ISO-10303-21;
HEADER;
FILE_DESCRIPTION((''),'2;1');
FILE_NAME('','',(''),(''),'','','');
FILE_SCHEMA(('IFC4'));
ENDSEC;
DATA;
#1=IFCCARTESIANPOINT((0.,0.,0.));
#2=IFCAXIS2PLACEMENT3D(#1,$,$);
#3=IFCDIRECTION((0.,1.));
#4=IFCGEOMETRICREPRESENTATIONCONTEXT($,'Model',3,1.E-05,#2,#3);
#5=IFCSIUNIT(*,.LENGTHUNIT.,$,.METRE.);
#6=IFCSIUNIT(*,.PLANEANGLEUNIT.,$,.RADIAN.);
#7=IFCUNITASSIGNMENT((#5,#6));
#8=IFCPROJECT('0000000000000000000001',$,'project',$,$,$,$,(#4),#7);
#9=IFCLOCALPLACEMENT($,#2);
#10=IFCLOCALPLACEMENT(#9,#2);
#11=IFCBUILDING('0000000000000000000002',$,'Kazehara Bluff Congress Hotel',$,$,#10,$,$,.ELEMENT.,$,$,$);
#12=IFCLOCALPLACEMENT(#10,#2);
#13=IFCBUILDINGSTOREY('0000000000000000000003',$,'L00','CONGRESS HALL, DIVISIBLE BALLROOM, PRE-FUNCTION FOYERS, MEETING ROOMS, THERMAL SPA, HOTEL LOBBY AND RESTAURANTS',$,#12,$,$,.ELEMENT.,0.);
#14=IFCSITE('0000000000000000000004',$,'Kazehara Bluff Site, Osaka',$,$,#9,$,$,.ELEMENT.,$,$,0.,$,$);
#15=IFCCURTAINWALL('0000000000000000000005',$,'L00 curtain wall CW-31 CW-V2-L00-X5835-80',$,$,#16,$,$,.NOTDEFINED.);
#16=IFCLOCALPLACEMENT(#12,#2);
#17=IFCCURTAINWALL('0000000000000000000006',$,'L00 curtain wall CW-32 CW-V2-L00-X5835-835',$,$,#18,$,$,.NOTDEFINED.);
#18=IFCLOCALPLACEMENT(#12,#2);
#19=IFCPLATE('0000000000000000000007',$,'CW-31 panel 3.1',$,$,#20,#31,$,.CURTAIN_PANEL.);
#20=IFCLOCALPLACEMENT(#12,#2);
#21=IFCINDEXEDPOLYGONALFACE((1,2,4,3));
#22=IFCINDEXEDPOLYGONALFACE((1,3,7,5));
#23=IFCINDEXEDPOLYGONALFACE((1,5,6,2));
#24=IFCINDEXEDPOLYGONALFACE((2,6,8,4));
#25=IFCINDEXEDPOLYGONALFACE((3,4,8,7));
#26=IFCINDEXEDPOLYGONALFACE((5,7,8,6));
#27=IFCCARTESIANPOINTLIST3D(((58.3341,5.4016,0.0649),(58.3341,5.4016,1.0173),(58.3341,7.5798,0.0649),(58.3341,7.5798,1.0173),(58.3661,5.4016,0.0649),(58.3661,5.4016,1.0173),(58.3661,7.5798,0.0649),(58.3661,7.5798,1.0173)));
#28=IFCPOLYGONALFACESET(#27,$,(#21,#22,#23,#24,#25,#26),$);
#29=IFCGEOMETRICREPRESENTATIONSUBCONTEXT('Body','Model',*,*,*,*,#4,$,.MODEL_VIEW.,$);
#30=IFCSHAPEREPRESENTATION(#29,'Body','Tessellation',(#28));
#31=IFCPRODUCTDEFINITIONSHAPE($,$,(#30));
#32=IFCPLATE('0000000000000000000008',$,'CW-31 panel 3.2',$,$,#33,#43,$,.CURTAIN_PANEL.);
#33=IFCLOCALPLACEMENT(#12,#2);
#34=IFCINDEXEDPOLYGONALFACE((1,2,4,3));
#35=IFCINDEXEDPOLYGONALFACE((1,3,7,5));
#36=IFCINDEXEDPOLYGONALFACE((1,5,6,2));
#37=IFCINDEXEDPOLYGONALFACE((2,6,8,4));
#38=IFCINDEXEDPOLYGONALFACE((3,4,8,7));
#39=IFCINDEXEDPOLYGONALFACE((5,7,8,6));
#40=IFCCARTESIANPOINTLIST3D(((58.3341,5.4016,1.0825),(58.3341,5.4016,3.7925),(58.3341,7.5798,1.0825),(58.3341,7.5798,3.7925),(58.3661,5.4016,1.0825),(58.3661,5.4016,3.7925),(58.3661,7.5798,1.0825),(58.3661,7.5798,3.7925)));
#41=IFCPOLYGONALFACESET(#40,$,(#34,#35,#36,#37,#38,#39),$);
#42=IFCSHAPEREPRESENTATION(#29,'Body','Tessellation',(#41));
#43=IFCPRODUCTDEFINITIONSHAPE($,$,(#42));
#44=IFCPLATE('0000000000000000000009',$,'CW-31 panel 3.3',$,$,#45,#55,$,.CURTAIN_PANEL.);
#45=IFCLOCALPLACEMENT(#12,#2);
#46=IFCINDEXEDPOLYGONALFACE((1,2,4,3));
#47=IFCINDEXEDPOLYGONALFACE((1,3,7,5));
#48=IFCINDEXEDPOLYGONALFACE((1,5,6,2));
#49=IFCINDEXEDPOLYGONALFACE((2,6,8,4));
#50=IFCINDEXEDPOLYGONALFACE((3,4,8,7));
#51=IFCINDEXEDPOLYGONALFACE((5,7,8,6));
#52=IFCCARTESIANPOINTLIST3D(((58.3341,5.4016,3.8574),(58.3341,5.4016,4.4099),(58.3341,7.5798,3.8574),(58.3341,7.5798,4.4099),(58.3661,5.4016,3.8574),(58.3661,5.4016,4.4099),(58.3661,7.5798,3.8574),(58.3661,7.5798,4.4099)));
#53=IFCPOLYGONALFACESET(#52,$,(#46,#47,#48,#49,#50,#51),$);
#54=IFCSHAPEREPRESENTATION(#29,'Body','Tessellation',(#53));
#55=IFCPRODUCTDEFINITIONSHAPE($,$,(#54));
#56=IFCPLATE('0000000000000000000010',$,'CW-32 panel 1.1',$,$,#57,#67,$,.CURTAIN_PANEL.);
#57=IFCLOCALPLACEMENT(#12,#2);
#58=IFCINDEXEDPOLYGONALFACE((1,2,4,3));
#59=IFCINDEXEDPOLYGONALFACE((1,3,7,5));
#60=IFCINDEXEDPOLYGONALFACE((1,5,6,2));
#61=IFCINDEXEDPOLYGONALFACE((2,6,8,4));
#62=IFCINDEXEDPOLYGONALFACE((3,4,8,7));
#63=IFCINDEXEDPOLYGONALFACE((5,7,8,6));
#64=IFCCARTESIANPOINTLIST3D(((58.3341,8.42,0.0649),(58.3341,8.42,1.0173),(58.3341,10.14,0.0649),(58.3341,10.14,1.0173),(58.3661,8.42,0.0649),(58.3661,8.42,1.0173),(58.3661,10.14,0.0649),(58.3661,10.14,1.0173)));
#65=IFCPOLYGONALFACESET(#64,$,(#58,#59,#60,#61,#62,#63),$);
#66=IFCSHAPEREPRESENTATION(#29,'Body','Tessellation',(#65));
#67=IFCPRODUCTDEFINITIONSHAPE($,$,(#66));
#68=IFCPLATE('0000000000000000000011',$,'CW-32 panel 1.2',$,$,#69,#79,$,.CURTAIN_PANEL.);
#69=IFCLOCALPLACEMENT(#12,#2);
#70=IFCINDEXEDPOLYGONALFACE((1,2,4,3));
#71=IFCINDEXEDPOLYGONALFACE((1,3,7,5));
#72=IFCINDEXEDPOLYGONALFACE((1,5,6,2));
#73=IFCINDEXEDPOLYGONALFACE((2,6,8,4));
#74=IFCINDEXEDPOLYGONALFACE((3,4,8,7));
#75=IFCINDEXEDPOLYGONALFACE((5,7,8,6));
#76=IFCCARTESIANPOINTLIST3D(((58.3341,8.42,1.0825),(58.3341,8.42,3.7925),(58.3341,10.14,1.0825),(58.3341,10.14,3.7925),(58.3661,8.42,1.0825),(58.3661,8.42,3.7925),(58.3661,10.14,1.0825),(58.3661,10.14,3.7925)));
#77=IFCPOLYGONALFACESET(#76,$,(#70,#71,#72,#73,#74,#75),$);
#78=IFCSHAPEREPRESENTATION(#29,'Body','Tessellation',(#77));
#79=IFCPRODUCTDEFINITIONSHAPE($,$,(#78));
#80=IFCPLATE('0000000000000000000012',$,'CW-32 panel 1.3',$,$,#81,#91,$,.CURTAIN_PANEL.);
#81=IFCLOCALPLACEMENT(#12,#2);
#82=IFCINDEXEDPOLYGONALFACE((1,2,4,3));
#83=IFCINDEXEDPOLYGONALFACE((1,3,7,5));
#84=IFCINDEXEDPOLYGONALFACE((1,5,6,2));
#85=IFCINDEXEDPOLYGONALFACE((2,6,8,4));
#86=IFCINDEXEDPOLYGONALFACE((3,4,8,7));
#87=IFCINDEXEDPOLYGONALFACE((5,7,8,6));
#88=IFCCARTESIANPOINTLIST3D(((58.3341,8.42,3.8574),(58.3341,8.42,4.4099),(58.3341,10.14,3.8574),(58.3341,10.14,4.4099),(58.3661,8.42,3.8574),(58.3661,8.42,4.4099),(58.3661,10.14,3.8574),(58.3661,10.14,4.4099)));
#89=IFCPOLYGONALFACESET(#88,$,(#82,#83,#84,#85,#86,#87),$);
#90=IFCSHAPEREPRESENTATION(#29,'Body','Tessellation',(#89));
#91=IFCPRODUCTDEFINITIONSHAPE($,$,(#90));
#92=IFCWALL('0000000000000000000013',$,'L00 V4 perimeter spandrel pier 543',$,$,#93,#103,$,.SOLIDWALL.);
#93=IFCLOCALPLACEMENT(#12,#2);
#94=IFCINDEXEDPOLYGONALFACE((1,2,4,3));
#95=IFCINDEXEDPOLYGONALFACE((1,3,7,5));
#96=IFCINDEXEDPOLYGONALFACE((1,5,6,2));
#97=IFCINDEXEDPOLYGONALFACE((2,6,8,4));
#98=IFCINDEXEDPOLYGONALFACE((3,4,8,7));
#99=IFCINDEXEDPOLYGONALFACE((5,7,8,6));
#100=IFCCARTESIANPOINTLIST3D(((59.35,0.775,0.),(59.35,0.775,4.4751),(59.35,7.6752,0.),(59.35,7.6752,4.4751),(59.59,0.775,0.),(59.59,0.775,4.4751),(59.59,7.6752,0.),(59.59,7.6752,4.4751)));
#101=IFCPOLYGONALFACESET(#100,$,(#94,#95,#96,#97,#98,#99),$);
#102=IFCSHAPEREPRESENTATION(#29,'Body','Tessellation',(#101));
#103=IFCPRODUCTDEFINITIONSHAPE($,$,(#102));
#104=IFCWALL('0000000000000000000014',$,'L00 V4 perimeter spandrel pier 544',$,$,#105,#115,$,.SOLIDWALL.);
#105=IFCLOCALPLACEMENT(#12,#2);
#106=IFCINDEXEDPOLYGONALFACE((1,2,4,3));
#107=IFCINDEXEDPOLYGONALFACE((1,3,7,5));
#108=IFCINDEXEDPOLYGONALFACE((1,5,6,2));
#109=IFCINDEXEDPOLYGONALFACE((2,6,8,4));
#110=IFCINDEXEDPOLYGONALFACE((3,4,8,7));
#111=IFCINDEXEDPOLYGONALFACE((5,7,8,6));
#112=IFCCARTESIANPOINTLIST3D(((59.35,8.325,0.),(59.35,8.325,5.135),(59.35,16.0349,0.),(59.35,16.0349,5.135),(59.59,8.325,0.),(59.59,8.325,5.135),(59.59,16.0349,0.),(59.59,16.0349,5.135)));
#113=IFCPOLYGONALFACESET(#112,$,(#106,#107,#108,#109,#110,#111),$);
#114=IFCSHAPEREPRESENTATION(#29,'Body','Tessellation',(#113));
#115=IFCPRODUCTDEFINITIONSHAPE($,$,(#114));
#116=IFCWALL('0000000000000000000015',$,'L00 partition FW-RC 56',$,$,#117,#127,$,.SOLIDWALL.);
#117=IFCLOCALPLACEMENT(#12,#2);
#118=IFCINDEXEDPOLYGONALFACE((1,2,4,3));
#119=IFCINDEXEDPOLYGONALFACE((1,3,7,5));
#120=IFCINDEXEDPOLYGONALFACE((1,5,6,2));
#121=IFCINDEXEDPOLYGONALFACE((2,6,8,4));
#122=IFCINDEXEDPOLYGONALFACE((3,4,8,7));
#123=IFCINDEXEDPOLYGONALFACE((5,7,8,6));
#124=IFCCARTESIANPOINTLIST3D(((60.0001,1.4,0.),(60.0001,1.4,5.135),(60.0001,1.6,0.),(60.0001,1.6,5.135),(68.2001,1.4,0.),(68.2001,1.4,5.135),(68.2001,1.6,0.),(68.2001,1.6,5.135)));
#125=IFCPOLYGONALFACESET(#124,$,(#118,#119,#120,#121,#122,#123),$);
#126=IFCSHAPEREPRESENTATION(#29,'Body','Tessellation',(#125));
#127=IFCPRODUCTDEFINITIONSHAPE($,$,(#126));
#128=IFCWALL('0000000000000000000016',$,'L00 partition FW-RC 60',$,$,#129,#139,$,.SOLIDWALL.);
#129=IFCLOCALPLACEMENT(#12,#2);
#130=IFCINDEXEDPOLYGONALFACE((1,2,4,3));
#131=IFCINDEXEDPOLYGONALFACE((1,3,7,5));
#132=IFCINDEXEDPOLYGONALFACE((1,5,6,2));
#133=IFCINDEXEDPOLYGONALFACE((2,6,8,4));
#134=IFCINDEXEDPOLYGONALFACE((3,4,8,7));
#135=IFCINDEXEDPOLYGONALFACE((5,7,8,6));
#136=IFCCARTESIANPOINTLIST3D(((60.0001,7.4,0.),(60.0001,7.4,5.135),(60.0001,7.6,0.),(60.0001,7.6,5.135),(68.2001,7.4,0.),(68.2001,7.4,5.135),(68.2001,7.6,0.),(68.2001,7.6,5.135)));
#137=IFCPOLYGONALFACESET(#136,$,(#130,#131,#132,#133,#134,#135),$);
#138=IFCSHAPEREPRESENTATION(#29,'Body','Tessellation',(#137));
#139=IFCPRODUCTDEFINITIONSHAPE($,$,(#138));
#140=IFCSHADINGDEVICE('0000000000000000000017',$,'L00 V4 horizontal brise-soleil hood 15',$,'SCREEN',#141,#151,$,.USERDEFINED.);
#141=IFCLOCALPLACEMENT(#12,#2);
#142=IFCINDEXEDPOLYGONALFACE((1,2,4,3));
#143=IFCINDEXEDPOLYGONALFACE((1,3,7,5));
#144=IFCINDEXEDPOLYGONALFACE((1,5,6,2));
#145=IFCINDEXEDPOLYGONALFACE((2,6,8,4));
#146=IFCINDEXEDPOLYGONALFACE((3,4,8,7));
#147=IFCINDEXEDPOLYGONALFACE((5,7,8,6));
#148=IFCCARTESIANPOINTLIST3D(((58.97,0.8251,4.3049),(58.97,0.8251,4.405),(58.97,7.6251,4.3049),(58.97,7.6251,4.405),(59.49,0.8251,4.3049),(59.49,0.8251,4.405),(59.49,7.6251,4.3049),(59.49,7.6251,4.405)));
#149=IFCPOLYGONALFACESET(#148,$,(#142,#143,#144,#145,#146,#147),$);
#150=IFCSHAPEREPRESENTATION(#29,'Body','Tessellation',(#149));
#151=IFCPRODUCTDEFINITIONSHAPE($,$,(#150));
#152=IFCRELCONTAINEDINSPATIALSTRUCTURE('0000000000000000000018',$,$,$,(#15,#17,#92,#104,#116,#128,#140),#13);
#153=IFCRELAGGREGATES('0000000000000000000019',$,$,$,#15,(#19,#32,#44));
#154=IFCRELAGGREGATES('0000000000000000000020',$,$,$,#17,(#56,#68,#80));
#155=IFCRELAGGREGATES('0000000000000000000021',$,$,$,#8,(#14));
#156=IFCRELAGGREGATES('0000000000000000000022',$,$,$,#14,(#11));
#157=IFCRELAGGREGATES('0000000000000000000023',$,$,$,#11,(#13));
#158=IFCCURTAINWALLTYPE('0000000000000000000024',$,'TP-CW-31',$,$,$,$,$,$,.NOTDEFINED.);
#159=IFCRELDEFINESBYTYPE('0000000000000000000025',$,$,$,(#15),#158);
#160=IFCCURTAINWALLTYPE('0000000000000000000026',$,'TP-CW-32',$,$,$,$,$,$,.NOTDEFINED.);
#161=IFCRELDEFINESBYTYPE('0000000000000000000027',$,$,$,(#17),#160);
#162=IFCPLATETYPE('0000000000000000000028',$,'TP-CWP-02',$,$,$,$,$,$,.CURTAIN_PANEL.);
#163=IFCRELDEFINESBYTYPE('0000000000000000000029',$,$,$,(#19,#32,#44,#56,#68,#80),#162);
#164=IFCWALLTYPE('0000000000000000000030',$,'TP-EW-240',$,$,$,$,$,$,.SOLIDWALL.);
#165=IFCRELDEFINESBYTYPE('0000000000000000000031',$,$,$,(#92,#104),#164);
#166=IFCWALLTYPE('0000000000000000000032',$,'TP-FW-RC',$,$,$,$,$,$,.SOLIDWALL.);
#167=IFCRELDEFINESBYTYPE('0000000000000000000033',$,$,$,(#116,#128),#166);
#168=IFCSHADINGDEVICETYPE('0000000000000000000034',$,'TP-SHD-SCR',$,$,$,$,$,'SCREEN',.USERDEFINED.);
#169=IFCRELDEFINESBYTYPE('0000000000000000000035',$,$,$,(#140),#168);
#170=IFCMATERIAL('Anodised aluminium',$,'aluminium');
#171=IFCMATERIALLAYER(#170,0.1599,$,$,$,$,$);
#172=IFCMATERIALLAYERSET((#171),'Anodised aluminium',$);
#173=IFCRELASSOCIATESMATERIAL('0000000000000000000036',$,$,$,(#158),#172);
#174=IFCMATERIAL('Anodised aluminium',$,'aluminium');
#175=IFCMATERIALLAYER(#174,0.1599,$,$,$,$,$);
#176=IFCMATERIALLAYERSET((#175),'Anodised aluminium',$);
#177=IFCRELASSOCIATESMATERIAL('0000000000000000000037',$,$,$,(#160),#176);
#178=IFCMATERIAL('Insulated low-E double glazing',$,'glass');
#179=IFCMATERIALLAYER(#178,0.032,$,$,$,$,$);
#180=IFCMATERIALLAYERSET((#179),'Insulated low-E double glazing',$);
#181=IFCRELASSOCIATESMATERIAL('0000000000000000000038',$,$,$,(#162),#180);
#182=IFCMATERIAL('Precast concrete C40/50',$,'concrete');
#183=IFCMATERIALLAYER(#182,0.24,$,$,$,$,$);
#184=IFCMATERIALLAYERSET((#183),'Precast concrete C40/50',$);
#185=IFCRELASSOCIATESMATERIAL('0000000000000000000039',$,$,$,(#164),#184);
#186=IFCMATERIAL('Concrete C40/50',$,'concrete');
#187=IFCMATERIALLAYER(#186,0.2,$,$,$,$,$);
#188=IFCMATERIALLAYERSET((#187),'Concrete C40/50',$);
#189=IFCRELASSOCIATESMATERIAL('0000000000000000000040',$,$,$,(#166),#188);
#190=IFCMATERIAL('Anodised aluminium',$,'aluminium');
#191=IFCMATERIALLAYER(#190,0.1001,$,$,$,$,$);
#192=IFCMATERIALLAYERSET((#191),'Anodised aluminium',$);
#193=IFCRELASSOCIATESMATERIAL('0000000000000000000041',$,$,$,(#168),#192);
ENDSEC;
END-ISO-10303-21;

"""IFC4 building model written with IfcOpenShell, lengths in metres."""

from ifc_helpers import new_model, si_unit, direction, frame, frame_2d, origin, origin_2d, place, context, subcontext, project, spatial, rectangle, extrude, material, layer, layer_set, type_object, element, aggregate, save


model = new_model("IFC4")

# Units and contexts
model_context = context("Model", 3, precision=1e-05, world=origin(), true_north=direction((0.0, 1.0)))
body_context = subcontext(model_context, "Body", "Model", "MODEL_VIEW")
ifc_project = project(units=[si_unit("LENGTHUNIT", "METRE"), si_unit("PLANEANGLEUNIT", "RADIAN")], contexts=[model_context])

# Site, building, storey
site_placement = place(None, origin())
site = spatial("IfcSite", under=ifc_project, at=site_placement, Name="Kazehara Bluff Site, Osaka", CompositionType="ELEMENT", RefElevation=0.0)
building_placement = place(site_placement, origin())
building = spatial("IfcBuilding", under=site, at=building_placement, Name="Kazehara Bluff Congress Hotel", CompositionType="ELEMENT")
storey_placement = place(building_placement, origin())
storey = spatial("IfcBuildingStorey", under=building, at=storey_placement, Name="L00", Description="CONGRESS HALL, DIVISIBLE BALLROOM, PRE-FUNCTION FOYERS, MEETING ROOMS, THERMAL SPA, HOTEL LOBBY AND RESTAURANTS", CompositionType="ELEMENT", Elevation=0.0)

# Curtain wall
ifc_material_1 = material(Name="Anodised aluminium", Category="aluminium")
ifc_layer_1 = layer(ifc_material_1, 0.1599)
ifc_layer_set_1 = layer_set([ifc_layer_1], Name="Anodised aluminium")
curtain_wall_type_1 = type_object("IfcCurtainWallType", Name="TP-CW-31", PredefinedType="NOTDEFINED", material=ifc_layer_set_1)
curtain_wall_1_placement = place(storey_placement, origin())
curtain_wall_1 = element("IfcCurtainWall", 1, at=curtain_wall_1_placement, inside=storey, type_object=curtain_wall_type_1, Name="L00 curtain wall CW-31 CW-V2-L00-X5835-80", PredefinedType="NOTDEFINED")

# Curtain wall
ifc_material_2 = material(Name="Anodised aluminium", Category="aluminium")
ifc_layer_2 = layer(ifc_material_2, 0.1599)
ifc_layer_set_2 = layer_set([ifc_layer_2], Name="Anodised aluminium")
curtain_wall_type_2 = type_object("IfcCurtainWallType", Name="TP-CW-32", PredefinedType="NOTDEFINED", material=ifc_layer_set_2)
curtain_wall_2_placement = place(storey_placement, origin())
curtain_wall_2 = element("IfcCurtainWall", 2, at=curtain_wall_2_placement, inside=storey, type_object=curtain_wall_type_2, Name="L00 curtain wall CW-32 CW-V2-L00-X5835-835", PredefinedType="NOTDEFINED")

# Plates
ifc_material_3 = material(Name="Insulated low-E double glazing", Category="glass")
ifc_layer_3 = layer(ifc_material_3, 0.032)
ifc_layer_set_3 = layer_set([ifc_layer_3], Name="Insulated low-E double glazing")
plate_type = type_object("IfcPlateType", Name="TP-CWP-02", PredefinedType="CURTAIN_PANEL", material=ifc_layer_set_3)
plate_1_placement = place(storey_placement, frame((58.3501, 6.4907, 0.0649), z_axis=(0.0, 0.0, 1.0), x_axis=(0.0, 1.0, 0.0)))
plate_1 = element("IfcPlate", 3, at=plate_1_placement, type_object=plate_type, Name="CW-31 panel 3.1", PredefinedType="CURTAIN_PANEL", context=body_context, shape_type="SweptSolid", body=[
    extrude(rectangle(XDim=2.1782, YDim=0.032, at=origin_2d()), origin(), (0.0, 0.0, 1.0), 0.9524),
])
plate_2_placement = place(storey_placement, frame((58.3501, 6.4907, 1.0825), z_axis=(0.0, 0.0, 1.0), x_axis=(0.0, 1.0, 0.0)))
plate_2 = element("IfcPlate", 4, at=plate_2_placement, type_object=plate_type, Name="CW-31 panel 3.2", PredefinedType="CURTAIN_PANEL", context=body_context, shape_type="SweptSolid", body=[
    extrude(rectangle(XDim=2.1782, YDim=0.032, at=origin_2d()), origin(), (0.0, 0.0, 1.0), 2.71),
])
plate_3_placement = place(storey_placement, frame((58.3501, 6.4907, 3.8574), z_axis=(0.0, 0.0, 1.0), x_axis=(0.0, 1.0, 0.0)))
plate_3 = element("IfcPlate", 5, at=plate_3_placement, type_object=plate_type, Name="CW-31 panel 3.3", PredefinedType="CURTAIN_PANEL", context=body_context, shape_type="SweptSolid", body=[
    extrude(rectangle(XDim=2.1782, YDim=0.032, at=origin_2d()), origin(), (0.0, 0.0, 1.0), 0.5525),
])
aggregate(curtain_wall_1, [plate_1, plate_2, plate_3])
plate_4_placement = place(storey_placement, frame((58.3501, 9.28, 0.0649), z_axis=(0.0, 0.0, 1.0), x_axis=(0.0, 1.0, 0.0)))
plate_4 = element("IfcPlate", 6, at=plate_4_placement, type_object=plate_type, Name="CW-32 panel 1.1", PredefinedType="CURTAIN_PANEL", context=body_context, shape_type="SweptSolid", body=[
    extrude(rectangle(XDim=1.72, YDim=0.032, at=origin_2d()), origin(), (0.0, 0.0, 1.0), 0.9524),
])
plate_5_placement = place(storey_placement, frame((58.3501, 9.28, 1.0825), z_axis=(0.0, 0.0, 1.0), x_axis=(0.0, 1.0, 0.0)))
plate_5 = element("IfcPlate", 7, at=plate_5_placement, type_object=plate_type, Name="CW-32 panel 1.2", PredefinedType="CURTAIN_PANEL", context=body_context, shape_type="SweptSolid", body=[
    extrude(rectangle(XDim=1.72, YDim=0.032, at=origin_2d()), origin(), (0.0, 0.0, 1.0), 2.71),
])
plate_6_placement = place(storey_placement, frame((58.3501, 9.28, 3.8574), z_axis=(0.0, 0.0, 1.0), x_axis=(0.0, 1.0, 0.0)))
plate_6 = element("IfcPlate", 8, at=plate_6_placement, type_object=plate_type, Name="CW-32 panel 1.3", PredefinedType="CURTAIN_PANEL", context=body_context, shape_type="SweptSolid", body=[
    extrude(rectangle(XDim=1.72, YDim=0.032, at=origin_2d()), origin(), (0.0, 0.0, 1.0), 0.5525),
])
aggregate(curtain_wall_2, [plate_4, plate_5, plate_6])

# Walls
ifc_material_4 = material(Name="Precast concrete C40/50", Category="concrete")
ifc_layer_4 = layer(ifc_material_4, 0.24)
ifc_layer_set_4 = layer_set([ifc_layer_4], Name="Precast concrete C40/50")
wall_type_1 = type_object("IfcWallType", Name="TP-EW-240", PredefinedType="SOLIDWALL", material=ifc_layer_set_4)
wall_1_placement = place(storey_placement, frame((59.47, 0.7749, 0.0), z_axis=(0.0, 0.0, 1.0), x_axis=(0.0, 1.0, 0.0)))
element("IfcWall", 9, at=wall_1_placement, inside=storey, type_object=wall_type_1, Name="L00 V4 perimeter spandrel pier 543", PredefinedType="SOLIDWALL", context=body_context, shape_type="SweptSolid", body=[
    extrude(rectangle(XDim=6.9001, YDim=0.24, at=frame_2d((3.4502, 0.0))), origin(), (0.0, 0.0, 1.0), 4.4751),
])
wall_2_placement = place(storey_placement, frame((59.47, 8.325, 0.0), z_axis=(0.0, 0.0, 1.0), x_axis=(0.0, 1.0, 0.0)))
element("IfcWall", 10, at=wall_2_placement, inside=storey, type_object=wall_type_1, Name="L00 V4 perimeter spandrel pier 544", PredefinedType="SOLIDWALL", context=body_context, shape_type="SweptSolid", body=[
    extrude(rectangle(XDim=7.71, YDim=0.24, at=frame_2d((3.855, 0.0))), origin(), (0.0, 0.0, 1.0), 5.135),
])
ifc_material_5 = material(Name="Concrete C40/50", Category="concrete")
ifc_layer_5 = layer(ifc_material_5, 0.2)
ifc_layer_set_5 = layer_set([ifc_layer_5], Name="Concrete C40/50")
wall_type_2 = type_object("IfcWallType", Name="TP-FW-RC", PredefinedType="SOLIDWALL", material=ifc_layer_set_5)
for number, where, z_axis, x_axis, name in (
    (11, (60.0, 1.5, 0.0), (0.0, 0.0, 1.0), (1.0, 0.0, 0.0), "L00 partition FW-RC 56"),
    (12, (60.0, 7.5, 0.0), (0.0, 0.0, 1.0), (1.0, 0.0, 0.0), "L00 partition FW-RC 60"),
):
    element("IfcWall", number, at=place(storey_placement, frame(where, z_axis=z_axis, x_axis=x_axis)), inside=storey, type_object=wall_type_2, Name=name, PredefinedType="SOLIDWALL", context=body_context, shape_type="SweptSolid", body=[
        extrude(rectangle(XDim=8.2, YDim=0.2, at=frame_2d((4.1001, 0.0))), origin(), (0.0, 0.0, 1.0), 5.135),
    ])

# Shading device
ifc_material_6 = material(Name="Anodised aluminium", Category="aluminium")
ifc_layer_6 = layer(ifc_material_6, 0.1001)
ifc_layer_set_6 = layer_set([ifc_layer_6], Name="Anodised aluminium")
shading_device_type = type_object("IfcShadingDeviceType", Name="TP-SHD-SCR", ElementType="SCREEN", PredefinedType="USERDEFINED", material=ifc_layer_set_6)
shading_device_placement = place(storey_placement, frame((59.23, 4.2251, 4.3049), z_axis=(0.0, 0.0, 1.0), x_axis=(1.0, 0.0, 0.0)))
element("IfcShadingDevice", 13, at=shading_device_placement, inside=storey, type_object=shading_device_type, Name="L00 V4 horizontal brise-soleil hood 15", ObjectType="SCREEN", PredefinedType="USERDEFINED", context=body_context, shape_type="SweptSolid", body=[
    extrude(rectangle(XDim=0.52, YDim=6.8, at=origin_2d()), origin(), (0.0, 0.0, 1.0), 0.1001),
])

save(model, "model.ifc")
